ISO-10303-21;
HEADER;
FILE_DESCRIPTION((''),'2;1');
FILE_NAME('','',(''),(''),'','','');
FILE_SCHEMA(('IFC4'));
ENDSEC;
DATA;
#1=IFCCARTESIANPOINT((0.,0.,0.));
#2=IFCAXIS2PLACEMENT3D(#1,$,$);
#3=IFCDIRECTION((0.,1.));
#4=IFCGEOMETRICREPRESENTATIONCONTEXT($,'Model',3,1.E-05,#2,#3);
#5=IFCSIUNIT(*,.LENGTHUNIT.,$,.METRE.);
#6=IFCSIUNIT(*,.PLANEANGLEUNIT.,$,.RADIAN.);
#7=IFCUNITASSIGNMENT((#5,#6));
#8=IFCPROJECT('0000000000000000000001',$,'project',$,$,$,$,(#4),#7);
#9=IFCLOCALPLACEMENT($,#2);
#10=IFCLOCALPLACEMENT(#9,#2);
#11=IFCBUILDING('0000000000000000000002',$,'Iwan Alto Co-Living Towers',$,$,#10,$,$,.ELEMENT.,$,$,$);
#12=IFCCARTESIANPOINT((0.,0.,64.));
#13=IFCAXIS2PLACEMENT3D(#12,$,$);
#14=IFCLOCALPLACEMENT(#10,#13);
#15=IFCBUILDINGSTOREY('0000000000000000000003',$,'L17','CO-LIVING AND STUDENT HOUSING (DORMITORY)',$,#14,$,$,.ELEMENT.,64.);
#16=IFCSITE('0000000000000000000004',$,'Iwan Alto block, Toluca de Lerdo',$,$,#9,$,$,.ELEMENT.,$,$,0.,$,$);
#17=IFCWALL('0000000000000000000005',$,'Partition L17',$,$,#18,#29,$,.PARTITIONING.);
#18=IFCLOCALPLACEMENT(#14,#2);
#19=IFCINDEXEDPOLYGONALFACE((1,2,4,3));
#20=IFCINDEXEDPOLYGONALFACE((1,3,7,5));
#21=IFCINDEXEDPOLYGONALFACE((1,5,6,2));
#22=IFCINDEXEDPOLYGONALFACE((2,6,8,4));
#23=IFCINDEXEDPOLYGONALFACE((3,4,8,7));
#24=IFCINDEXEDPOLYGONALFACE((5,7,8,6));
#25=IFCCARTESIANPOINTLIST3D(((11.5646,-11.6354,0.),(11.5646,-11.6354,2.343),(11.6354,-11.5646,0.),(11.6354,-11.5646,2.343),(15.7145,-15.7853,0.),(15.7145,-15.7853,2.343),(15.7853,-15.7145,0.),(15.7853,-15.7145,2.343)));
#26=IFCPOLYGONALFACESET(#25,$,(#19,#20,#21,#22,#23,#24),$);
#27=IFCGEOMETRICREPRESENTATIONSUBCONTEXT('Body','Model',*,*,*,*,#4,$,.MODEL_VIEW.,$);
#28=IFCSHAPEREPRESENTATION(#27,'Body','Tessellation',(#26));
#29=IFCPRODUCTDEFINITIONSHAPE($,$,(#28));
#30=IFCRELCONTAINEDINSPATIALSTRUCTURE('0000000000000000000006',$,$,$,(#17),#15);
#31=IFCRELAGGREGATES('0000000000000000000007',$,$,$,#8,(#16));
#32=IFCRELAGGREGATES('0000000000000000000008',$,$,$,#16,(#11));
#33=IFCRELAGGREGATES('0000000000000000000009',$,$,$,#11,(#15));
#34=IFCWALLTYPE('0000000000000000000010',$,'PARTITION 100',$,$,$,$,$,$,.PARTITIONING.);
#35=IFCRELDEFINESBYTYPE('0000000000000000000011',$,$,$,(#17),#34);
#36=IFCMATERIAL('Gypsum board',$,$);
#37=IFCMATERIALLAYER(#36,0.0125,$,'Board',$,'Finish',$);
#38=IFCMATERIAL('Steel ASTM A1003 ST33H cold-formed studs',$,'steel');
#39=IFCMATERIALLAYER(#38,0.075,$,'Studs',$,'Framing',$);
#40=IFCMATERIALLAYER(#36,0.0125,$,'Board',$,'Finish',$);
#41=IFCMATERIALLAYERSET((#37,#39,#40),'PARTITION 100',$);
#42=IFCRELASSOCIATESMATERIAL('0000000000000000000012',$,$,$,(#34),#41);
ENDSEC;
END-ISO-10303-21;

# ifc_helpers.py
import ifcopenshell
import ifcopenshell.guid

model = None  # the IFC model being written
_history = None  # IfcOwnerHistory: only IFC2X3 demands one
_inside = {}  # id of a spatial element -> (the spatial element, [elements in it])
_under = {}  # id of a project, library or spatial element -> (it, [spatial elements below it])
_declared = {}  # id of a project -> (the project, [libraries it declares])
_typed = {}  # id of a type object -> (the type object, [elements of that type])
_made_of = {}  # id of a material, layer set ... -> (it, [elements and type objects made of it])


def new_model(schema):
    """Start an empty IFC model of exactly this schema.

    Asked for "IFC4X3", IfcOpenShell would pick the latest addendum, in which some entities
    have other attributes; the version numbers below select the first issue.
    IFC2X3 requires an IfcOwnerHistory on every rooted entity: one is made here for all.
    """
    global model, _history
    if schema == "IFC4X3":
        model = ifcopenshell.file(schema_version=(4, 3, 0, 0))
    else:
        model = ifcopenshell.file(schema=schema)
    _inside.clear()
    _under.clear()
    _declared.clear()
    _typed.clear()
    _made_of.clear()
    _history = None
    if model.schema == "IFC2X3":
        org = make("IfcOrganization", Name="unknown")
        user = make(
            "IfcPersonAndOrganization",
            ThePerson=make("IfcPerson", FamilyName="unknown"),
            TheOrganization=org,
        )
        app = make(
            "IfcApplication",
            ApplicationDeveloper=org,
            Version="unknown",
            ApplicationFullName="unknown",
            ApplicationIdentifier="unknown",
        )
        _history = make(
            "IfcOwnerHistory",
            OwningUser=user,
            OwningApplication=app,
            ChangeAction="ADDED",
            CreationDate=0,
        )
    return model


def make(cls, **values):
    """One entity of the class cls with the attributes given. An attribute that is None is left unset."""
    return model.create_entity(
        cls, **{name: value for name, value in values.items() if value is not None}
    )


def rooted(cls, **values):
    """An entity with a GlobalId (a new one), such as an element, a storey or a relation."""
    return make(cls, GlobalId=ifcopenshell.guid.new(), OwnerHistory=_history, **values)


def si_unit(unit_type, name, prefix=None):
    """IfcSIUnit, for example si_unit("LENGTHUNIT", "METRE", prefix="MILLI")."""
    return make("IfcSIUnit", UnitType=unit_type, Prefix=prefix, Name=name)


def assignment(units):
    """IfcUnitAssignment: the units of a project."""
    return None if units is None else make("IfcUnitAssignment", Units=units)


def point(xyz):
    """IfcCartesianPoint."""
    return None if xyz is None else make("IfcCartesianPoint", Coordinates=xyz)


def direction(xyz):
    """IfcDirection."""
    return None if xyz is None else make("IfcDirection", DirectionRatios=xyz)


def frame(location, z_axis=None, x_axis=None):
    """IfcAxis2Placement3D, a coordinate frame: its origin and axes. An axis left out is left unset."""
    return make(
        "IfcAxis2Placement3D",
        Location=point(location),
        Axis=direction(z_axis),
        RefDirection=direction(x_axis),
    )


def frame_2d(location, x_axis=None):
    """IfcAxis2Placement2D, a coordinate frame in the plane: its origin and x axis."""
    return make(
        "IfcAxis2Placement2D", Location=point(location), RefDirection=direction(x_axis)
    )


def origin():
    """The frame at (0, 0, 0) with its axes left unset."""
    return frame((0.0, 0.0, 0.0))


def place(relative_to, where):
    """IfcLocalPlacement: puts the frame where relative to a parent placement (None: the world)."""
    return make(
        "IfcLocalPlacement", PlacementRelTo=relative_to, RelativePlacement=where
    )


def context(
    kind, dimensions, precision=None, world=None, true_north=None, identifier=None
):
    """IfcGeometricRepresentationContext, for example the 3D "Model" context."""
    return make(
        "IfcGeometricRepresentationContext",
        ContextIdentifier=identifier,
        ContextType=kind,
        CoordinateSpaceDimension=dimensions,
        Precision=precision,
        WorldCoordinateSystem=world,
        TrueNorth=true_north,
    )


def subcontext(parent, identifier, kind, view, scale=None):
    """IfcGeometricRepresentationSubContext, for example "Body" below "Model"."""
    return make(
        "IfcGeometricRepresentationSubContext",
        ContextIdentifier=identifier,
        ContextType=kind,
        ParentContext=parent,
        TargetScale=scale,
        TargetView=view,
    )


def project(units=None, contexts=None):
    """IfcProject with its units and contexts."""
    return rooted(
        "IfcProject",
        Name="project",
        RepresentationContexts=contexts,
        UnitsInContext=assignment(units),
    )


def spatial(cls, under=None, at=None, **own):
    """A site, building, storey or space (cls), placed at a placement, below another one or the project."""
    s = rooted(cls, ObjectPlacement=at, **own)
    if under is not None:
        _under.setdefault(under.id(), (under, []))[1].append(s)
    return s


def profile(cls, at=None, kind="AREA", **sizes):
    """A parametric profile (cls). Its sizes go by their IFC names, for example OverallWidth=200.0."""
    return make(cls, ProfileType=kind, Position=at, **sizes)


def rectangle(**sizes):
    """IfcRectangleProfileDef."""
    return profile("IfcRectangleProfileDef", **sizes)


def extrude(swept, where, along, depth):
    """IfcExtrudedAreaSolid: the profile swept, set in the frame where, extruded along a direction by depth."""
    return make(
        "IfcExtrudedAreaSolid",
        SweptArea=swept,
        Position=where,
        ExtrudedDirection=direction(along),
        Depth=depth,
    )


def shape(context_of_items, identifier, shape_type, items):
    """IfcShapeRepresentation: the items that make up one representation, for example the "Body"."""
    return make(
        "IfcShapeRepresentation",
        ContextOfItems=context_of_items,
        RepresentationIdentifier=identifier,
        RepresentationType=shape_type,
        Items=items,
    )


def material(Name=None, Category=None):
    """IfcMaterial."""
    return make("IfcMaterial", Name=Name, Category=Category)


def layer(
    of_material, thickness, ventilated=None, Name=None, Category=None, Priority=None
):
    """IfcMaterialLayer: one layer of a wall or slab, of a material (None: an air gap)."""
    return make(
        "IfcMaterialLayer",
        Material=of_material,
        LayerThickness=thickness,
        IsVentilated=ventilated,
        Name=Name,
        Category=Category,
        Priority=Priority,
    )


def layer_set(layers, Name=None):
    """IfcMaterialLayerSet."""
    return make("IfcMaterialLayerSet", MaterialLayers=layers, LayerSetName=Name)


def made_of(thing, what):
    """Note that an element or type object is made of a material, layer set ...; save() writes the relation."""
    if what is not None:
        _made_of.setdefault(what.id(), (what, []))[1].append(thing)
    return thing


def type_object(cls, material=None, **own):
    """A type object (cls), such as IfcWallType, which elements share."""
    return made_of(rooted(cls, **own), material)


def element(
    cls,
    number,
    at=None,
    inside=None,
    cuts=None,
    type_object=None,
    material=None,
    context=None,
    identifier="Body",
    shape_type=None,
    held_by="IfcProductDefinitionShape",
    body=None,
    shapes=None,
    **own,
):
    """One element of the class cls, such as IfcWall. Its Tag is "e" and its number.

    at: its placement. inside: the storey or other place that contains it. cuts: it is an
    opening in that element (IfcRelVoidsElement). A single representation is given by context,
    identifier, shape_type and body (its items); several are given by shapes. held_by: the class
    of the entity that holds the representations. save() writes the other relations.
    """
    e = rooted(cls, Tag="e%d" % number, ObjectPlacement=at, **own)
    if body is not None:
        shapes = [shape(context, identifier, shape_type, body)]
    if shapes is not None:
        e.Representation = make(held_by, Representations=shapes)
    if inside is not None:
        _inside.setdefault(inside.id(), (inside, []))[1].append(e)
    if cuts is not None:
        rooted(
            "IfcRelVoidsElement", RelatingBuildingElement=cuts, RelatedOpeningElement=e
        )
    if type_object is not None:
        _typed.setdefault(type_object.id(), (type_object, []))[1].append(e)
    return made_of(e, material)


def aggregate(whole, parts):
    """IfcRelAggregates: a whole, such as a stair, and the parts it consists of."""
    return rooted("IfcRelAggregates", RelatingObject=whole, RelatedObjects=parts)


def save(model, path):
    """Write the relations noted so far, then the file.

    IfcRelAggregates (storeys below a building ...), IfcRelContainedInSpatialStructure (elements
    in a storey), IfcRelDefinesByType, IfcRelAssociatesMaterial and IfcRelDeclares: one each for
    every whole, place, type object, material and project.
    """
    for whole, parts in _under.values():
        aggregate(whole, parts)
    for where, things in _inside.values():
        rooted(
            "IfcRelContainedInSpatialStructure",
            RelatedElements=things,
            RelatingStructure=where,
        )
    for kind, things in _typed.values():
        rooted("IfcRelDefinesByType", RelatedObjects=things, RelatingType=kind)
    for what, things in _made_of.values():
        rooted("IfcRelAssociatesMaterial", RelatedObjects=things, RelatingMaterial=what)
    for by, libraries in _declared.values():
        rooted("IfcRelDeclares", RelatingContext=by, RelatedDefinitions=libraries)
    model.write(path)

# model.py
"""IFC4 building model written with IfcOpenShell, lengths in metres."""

from ifc_helpers import new_model, si_unit, direction, frame, frame_2d, origin, place, context, subcontext, project, spatial, rectangle, extrude, material, layer, layer_set, type_object, element, save


model = new_model("IFC4")

# Units and contexts
model_context = context("Model", 3, precision=1e-05, world=origin(), true_north=direction((0.0, 1.0)))
body_context = subcontext(model_context, "Body", "Model", "MODEL_VIEW")
ifc_project = project(units=[si_unit("LENGTHUNIT", "METRE"), si_unit("PLANEANGLEUNIT", "RADIAN")], contexts=[model_context])

# Site, building, storey
site_placement = place(None, origin())
site = spatial("IfcSite", under=ifc_project, at=site_placement, Name="Iwan Alto block, Toluca de Lerdo", CompositionType="ELEMENT", RefElevation=0.0)
building_placement = place(site_placement, origin())
building = spatial("IfcBuilding", under=site, at=building_placement, Name="Iwan Alto Co-Living Towers", CompositionType="ELEMENT")
storey_placement = place(building_placement, frame((0.0, 0.0, 64.0)))
storey = spatial("IfcBuildingStorey", under=building, at=storey_placement, Name="L17", Description="CO-LIVING AND STUDENT HOUSING (DORMITORY)", CompositionType="ELEMENT", Elevation=64.0)

# Shared definitions
ifc_material_1 = material(Name="Gypsum board")
ifc_layer_1 = layer(ifc_material_1, 0.0125, Name="Board", Category="Finish")
ifc_material_2 = material(Name="Steel ASTM A1003 ST33H cold-formed studs", Category="steel")
ifc_layer_2 = layer(ifc_material_2, 0.075, Name="Studs", Category="Framing")
ifc_layer_3 = layer(ifc_material_1, 0.0125, Name="Board", Category="Finish")
ifc_layer_set_1 = layer_set([ifc_layer_1, ifc_layer_2, ifc_layer_3], Name="PARTITION 100")
wall_type = type_object("IfcWallType", Name="PARTITION 100", PredefinedType="PARTITIONING", material=ifc_layer_set_1)

# Wall
wall_1_placement = place(storey_placement, frame((15.75, -15.75, 0.0), z_axis=(0.0, 0.0, 1.0), x_axis=(-0.707107, 0.707107, 0.0)))
element("IfcWall", 1, at=wall_1_placement, inside=storey, type_object=wall_type, Name="Partition L17", PredefinedType="PARTITIONING", context=body_context, shape_type="SweptSolid", body=[
    extrude(rectangle(XDim=5.8689, YDim=0.1001, at=frame_2d((2.9346, 0.0))), origin(), (0.0, 0.0, 1.0), 2.343),
])

save(model, "model.ifc")
